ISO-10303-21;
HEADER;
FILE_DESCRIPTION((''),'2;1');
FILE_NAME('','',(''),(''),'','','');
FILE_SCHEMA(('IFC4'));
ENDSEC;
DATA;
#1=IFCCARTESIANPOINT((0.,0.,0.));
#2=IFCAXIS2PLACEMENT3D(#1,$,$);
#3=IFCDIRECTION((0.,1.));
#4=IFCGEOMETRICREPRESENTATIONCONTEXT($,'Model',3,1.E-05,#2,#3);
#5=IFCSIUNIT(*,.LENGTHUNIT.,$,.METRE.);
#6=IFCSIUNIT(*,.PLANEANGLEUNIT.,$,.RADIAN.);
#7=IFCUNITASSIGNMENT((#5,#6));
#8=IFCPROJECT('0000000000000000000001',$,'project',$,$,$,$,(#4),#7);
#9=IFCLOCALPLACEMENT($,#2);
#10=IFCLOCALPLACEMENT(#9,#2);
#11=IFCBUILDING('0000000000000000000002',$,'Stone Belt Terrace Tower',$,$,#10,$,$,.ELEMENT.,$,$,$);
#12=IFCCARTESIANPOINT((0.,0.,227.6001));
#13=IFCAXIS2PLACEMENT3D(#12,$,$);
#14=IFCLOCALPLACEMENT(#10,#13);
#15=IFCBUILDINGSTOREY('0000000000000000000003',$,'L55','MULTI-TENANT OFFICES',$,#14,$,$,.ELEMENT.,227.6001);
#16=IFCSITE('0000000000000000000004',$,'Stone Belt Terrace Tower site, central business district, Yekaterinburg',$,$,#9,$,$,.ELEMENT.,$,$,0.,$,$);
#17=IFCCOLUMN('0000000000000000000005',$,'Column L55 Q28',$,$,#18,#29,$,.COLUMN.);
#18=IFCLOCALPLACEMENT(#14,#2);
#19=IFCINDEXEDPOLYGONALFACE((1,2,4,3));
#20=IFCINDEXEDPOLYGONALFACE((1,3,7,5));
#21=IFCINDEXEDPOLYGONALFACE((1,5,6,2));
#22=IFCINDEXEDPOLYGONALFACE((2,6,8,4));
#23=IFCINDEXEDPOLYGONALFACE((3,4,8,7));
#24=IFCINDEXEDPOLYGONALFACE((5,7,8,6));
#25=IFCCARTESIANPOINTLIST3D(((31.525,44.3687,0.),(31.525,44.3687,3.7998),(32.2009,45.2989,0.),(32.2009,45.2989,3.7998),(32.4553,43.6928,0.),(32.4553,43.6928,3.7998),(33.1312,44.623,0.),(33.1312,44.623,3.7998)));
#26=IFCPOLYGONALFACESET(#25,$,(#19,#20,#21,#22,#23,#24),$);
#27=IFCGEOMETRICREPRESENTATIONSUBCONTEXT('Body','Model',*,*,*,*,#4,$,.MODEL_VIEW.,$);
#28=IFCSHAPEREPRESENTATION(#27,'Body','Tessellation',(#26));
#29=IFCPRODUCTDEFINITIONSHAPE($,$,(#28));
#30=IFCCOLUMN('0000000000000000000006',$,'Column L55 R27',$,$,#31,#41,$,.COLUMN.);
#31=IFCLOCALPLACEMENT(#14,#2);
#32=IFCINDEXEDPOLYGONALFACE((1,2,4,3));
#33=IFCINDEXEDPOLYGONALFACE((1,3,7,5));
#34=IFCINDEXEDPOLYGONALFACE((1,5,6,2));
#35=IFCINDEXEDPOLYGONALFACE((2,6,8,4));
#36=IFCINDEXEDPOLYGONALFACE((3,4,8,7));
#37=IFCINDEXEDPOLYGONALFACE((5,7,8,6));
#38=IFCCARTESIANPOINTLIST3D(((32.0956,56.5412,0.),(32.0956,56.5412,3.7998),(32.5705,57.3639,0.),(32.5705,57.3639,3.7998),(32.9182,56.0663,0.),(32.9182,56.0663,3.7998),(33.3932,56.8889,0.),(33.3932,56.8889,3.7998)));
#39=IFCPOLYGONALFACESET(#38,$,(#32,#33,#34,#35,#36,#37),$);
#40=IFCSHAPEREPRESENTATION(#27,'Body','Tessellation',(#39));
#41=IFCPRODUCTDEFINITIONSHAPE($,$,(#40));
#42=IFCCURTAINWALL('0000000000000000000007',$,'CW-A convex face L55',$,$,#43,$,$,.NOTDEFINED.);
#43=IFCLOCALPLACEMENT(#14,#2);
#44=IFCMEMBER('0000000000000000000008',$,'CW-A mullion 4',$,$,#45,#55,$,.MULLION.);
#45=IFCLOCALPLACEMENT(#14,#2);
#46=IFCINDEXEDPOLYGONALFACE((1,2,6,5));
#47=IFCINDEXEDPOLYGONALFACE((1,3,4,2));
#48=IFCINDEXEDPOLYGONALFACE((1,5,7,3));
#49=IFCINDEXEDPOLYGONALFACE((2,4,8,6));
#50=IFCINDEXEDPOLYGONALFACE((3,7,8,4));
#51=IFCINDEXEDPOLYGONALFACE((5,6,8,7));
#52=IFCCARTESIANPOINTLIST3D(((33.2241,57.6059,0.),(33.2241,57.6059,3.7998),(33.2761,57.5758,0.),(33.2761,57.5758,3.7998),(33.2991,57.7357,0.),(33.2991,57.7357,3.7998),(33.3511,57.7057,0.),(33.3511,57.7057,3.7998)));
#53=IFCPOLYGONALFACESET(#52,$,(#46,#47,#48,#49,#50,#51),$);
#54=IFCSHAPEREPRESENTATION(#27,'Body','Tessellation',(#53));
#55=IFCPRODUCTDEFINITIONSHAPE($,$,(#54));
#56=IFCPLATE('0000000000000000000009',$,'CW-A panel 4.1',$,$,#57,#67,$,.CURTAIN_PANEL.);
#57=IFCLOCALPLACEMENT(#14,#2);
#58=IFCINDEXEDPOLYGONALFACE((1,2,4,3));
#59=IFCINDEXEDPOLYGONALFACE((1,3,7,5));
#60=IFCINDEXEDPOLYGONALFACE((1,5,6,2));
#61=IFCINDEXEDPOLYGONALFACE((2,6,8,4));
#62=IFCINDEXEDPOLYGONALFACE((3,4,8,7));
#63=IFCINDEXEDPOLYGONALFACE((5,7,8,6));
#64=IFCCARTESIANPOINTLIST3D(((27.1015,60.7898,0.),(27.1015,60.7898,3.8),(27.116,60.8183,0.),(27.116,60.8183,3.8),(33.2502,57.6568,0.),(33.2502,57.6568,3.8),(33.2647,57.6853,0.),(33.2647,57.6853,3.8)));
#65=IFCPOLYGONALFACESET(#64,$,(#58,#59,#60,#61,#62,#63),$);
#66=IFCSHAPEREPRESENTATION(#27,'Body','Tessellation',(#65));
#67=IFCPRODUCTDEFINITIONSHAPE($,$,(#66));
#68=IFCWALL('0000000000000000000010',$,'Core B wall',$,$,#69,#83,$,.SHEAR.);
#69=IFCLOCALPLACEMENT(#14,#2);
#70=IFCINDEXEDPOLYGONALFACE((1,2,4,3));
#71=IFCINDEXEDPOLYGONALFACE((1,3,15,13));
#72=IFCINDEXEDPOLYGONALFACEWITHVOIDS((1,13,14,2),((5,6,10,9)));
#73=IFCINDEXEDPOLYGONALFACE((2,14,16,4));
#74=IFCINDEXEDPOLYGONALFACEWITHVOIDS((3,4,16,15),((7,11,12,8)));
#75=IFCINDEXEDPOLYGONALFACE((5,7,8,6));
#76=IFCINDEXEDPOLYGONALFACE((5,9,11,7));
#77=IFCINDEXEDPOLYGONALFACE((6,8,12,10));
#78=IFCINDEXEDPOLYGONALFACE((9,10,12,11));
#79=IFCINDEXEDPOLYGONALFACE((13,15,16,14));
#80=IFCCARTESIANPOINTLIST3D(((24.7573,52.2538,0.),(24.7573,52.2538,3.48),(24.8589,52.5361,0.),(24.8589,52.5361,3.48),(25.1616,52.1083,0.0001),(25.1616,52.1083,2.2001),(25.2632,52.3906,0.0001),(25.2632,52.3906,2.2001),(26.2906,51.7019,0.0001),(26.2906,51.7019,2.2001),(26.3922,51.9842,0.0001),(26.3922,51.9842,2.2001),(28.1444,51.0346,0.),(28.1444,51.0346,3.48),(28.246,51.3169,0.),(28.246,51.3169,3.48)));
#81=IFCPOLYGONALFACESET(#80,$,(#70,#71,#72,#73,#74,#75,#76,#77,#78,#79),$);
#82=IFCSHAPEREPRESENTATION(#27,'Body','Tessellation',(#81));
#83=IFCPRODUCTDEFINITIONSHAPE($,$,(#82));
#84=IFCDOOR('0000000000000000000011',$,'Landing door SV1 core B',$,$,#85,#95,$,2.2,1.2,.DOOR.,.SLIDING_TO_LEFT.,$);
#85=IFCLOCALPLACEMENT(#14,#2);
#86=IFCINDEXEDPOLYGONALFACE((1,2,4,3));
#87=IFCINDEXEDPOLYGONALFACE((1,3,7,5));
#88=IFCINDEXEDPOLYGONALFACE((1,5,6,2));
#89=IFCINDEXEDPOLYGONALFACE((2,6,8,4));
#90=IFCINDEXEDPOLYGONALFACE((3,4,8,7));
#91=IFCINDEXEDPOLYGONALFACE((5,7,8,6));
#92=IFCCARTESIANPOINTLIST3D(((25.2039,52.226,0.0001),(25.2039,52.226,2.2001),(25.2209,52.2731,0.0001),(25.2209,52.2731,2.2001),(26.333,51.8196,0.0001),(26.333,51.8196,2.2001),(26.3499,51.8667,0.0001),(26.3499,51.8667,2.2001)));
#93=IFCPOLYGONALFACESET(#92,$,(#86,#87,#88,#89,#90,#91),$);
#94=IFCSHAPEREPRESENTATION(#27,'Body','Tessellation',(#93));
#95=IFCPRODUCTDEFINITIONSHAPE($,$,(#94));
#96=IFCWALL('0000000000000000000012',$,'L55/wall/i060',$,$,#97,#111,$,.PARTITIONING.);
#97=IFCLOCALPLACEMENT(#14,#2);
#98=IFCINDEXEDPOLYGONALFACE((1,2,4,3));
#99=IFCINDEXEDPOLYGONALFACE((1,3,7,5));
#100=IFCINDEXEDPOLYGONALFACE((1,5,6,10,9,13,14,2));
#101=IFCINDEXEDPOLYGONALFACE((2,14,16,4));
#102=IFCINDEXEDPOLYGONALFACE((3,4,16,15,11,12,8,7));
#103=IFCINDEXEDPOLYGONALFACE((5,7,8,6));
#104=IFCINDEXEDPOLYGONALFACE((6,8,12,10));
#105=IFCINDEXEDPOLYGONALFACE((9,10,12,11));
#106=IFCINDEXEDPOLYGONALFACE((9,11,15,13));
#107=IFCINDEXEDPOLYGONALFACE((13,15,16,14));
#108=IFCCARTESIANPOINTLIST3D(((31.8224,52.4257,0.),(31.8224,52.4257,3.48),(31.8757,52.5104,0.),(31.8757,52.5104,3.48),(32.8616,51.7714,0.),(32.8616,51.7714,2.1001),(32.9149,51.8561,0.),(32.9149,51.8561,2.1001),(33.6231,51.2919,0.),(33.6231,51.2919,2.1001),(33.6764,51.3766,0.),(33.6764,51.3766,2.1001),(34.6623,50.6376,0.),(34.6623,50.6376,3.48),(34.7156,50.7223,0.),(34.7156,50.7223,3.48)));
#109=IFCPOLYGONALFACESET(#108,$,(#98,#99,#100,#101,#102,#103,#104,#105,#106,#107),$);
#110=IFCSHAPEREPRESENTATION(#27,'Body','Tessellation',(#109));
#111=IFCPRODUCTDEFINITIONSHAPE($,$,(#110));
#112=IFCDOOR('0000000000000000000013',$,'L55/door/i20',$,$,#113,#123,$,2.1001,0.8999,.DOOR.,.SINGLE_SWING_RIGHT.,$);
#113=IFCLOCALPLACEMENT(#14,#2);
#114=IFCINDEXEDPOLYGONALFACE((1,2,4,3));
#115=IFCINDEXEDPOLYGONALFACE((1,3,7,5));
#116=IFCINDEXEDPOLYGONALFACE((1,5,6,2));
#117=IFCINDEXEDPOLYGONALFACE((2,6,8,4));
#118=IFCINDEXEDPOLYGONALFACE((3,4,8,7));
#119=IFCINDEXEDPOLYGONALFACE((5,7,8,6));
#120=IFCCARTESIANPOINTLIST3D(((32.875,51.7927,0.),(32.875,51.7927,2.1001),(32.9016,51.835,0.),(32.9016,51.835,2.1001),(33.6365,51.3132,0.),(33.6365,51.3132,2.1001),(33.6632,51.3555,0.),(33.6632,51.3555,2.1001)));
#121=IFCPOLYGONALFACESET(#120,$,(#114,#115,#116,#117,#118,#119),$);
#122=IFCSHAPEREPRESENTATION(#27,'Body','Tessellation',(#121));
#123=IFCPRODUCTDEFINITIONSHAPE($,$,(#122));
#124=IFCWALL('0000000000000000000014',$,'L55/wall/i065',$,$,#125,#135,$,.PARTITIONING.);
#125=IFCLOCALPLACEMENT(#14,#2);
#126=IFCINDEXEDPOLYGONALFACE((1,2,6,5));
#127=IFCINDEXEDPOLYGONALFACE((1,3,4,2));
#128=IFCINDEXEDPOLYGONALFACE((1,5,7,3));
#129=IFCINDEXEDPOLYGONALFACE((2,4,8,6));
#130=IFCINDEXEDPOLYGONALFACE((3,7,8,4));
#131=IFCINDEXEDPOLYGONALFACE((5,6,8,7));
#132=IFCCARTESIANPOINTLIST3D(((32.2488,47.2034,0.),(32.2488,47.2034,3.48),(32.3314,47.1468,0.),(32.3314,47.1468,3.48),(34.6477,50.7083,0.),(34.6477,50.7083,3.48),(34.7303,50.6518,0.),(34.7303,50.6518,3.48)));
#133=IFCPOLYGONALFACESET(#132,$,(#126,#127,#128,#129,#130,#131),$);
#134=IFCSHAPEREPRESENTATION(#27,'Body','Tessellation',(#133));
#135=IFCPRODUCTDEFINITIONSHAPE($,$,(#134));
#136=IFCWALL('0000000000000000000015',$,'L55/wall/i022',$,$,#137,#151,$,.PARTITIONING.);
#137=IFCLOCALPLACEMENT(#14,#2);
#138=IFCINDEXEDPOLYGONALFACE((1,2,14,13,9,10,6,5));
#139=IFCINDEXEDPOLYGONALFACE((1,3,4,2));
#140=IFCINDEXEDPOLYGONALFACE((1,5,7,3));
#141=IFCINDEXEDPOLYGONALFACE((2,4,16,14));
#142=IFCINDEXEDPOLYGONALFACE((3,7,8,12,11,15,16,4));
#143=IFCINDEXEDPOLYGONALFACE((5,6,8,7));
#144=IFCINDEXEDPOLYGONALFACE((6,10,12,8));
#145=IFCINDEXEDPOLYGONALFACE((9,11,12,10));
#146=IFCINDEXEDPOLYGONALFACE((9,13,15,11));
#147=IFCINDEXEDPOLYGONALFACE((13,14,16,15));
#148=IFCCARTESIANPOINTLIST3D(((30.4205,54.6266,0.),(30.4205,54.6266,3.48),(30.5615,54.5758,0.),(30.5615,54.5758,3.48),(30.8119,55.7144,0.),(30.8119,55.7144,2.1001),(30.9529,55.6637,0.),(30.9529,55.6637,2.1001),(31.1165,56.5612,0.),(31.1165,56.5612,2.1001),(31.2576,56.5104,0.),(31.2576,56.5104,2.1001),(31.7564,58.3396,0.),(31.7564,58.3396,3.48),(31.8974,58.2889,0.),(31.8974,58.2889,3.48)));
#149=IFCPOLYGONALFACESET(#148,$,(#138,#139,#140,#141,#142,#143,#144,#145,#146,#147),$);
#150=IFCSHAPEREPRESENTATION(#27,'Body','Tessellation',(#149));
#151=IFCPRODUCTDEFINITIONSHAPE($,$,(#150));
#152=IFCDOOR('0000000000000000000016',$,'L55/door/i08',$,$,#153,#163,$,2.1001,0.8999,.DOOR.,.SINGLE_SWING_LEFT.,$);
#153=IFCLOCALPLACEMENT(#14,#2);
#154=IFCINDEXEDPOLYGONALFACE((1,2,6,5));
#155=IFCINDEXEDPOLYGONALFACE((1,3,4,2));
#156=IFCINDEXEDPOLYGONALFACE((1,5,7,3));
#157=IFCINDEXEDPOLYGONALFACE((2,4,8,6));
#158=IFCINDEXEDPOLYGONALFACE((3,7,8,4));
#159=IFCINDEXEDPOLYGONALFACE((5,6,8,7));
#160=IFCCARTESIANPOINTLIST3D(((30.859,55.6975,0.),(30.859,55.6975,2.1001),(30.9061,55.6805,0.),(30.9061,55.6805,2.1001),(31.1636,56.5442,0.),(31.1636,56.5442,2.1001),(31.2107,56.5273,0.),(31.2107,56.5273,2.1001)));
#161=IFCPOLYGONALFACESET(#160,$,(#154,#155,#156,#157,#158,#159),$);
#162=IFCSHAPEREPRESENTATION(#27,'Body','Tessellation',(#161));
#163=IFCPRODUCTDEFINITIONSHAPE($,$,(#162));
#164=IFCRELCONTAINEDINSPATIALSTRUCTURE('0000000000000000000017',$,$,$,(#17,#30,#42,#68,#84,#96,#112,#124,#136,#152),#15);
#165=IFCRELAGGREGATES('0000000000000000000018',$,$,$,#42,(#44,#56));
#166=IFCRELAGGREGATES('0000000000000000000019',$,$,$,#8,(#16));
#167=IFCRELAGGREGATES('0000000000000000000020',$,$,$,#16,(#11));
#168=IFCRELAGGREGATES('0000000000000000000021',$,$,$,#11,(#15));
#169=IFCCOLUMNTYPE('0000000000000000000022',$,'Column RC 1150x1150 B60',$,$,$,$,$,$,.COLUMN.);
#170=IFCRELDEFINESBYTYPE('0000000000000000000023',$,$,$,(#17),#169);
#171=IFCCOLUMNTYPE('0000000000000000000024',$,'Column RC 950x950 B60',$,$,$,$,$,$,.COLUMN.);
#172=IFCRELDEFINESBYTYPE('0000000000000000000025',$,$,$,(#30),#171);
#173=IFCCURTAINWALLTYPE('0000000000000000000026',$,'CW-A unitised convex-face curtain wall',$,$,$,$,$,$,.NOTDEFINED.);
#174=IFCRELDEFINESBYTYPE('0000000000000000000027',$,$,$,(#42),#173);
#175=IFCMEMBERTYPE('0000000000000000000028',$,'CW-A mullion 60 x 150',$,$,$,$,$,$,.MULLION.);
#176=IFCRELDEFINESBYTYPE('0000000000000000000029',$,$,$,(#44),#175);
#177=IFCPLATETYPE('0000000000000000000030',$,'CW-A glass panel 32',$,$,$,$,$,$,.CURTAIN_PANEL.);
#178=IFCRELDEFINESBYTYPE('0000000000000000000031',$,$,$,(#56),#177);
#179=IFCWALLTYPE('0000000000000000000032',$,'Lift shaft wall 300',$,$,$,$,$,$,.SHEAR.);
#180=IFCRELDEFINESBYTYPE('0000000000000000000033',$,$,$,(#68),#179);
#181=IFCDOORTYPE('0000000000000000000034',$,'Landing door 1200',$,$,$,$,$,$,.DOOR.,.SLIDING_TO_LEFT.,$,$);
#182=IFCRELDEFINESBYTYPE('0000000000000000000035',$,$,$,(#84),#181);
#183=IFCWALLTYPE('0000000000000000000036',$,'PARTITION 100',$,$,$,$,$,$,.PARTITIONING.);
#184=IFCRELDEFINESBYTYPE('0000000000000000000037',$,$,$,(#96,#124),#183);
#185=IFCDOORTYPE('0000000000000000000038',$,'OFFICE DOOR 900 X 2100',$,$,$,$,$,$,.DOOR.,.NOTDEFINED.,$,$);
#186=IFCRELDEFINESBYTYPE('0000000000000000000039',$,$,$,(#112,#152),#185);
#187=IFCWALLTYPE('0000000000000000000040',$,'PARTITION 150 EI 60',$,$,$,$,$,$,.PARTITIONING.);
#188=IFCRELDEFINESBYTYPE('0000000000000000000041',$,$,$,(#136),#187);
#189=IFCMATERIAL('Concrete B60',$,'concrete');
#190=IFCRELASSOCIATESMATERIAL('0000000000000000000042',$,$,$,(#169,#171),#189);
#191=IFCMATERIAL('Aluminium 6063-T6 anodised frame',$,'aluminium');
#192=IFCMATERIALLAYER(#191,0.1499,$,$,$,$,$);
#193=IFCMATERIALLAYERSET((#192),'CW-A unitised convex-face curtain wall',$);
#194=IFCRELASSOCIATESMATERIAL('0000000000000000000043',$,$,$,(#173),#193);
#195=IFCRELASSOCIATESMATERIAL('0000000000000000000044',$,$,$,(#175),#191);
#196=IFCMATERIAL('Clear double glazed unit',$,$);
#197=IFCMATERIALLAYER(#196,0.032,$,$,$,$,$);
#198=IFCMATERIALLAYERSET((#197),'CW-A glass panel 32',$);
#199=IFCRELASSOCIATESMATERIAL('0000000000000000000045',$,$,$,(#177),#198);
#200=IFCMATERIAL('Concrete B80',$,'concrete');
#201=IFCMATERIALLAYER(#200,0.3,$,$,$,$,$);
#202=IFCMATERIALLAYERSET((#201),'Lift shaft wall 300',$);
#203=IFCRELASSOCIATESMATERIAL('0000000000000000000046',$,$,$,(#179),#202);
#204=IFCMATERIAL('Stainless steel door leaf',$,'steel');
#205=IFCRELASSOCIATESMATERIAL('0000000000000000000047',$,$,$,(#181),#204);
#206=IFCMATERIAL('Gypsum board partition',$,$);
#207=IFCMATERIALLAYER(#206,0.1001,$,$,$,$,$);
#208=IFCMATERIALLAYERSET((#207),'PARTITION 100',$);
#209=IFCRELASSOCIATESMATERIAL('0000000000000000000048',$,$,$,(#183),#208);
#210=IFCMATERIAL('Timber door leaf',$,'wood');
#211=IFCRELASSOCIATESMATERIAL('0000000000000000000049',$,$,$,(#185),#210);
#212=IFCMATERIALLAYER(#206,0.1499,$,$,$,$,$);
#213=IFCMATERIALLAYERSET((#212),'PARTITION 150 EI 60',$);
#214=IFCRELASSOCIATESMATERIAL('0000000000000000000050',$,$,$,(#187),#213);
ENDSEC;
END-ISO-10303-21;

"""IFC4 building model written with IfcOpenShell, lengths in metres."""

from ifc_helpers import new_model, si_unit, direction, frame, frame_2d, origin, origin_2d, place, context, subcontext, project, spatial, rectangle, extrude, material, layer, layer_set, material_profile, profile_set, type_object, element, fill, aggregate, save


model = new_model("IFC4")

# Units and contexts
model_context = context("Model", 3, precision=1e-05, world=origin(), true_north=direction((0.0, 1.0)))
body_context = subcontext(model_context, "Body", "Model", "MODEL_VIEW")
ifc_project = project(units=[si_unit("LENGTHUNIT", "METRE"), si_unit("PLANEANGLEUNIT", "RADIAN")], contexts=[model_context])

# Site, building, storey
site_placement = place(None, origin())
site = spatial("IfcSite", under=ifc_project, at=site_placement, Name="Stone Belt Terrace Tower site, central business district, Yekaterinburg", CompositionType="ELEMENT", RefElevation=0.0)
building_placement = place(site_placement, origin())
building = spatial("IfcBuilding", under=site, at=building_placement, Name="Stone Belt Terrace Tower", CompositionType="ELEMENT")
storey_placement = place(building_placement, frame((0.0, 0.0, 227.6001)))
storey = spatial("IfcBuildingStorey", under=building, at=storey_placement, Name="L55", Description="MULTI-TENANT OFFICES", CompositionType="ELEMENT", Elevation=227.6001)

# Columns
ifc_material_1 = material(Name="Concrete B60", Category="concrete")
ifc_material_profile_1 = material_profile(ifc_material_1, rectangle(XDim=1.1499, YDim=1.1499, at=origin_2d()), Name="RC 1150x1150")
ifc_profile_set_1 = profile_set([ifc_material_profile_1], Name="Concrete B60")
column_type_1 = type_object("IfcColumnType", Name="Column RC 1150x1150 B60", PredefinedType="COLUMN", material=ifc_profile_set_1)
column_1_placement = place(storey_placement, frame((32.3281, 44.4958, 0.0), z_axis=(0.0, 0.0, 1.0), x_axis=(0.809017, -0.587785, 0.0)))
element("IfcColumn", 1, at=column_1_placement, inside=storey, type_object=column_type_1, Name="Column L55 Q28", PredefinedType="COLUMN", context=body_context, shape_type="SweptSolid", body=[
    extrude(rectangle(XDim=1.1499, YDim=1.1499, at=origin_2d()), origin(), (0.0, 0.0, 1.0), 3.7998),
])
ifc_material_profile_2 = material_profile(ifc_material_1, rectangle(XDim=0.95, YDim=0.95, at=origin_2d()), Name="RC 950x950")
ifc_profile_set_2 = profile_set([ifc_material_profile_2], Name="Concrete B60")
column_type_2 = type_object("IfcColumnType", Name="Column RC 950x950 B60", PredefinedType="COLUMN", material=ifc_profile_set_2)
column_2_placement = place(storey_placement, frame((32.7444, 56.7151, 0.0), z_axis=(0.0, 0.0, 1.0), x_axis=(0.866025, -0.5, 0.0)))
element("IfcColumn", 2, at=column_2_placement, inside=storey, type_object=column_type_2, Name="Column L55 R27", PredefinedType="COLUMN", context=body_context, shape_type="SweptSolid", body=[
    extrude(rectangle(XDim=0.95, YDim=0.95, at=origin_2d()), origin(), (0.0, 0.0, 1.0), 3.7998),
])

# Curtain wall, member, plate
ifc_material_2 = material(Name="Aluminium 6063-T6 anodised frame", Category="aluminium")
ifc_layer_1 = layer(ifc_material_2, 0.1499)
ifc_layer_set_1 = layer_set([ifc_layer_1], Name="CW-A unitised convex-face curtain wall")
curtain_wall_type = type_object("IfcCurtainWallType", Name="CW-A unitised convex-face curtain wall", PredefinedType="NOTDEFINED", material=ifc_layer_set_1)
curtain_wall_placement = place(storey_placement, origin())
curtain_wall = element("IfcCurtainWall", 3, at=curtain_wall_placement, inside=storey, type_object=curtain_wall_type, Name="CW-A convex face L55", PredefinedType="NOTDEFINED")
ifc_material_profile_3 = material_profile(ifc_material_2, rectangle(XDim=0.1499, YDim=0.0601, at=origin_2d()), Name="Aluminium 6063-T6 60x150")
ifc_profile_set_3 = profile_set([ifc_material_profile_3], Name="Aluminium 6063-T6 anodised frame")
member_type = type_object("IfcMemberType", Name="CW-A mullion 60 x 150", PredefinedType="MULLION", material=ifc_profile_set_3)
member_placement = place(storey_placement, frame((33.2876, 57.6558, 0.0), z_axis=(0.0, 0.0, 1.0), x_axis=(-0.5, -0.866025, 0.0)))
member = element("IfcMember", 4, at=member_placement, type_object=member_type, Name="CW-A mullion 4", PredefinedType="MULLION", context=body_context, shape_type="SweptSolid", body=[
    extrude(rectangle(XDim=0.1499, YDim=0.0601, at=origin_2d()), origin(), (0.0, 0.0, 1.0), 3.7998),
])
ifc_material_3 = material(Name="Clear double glazed unit")
ifc_layer_2 = layer(ifc_material_3, 0.032)
ifc_layer_set_2 = layer_set([ifc_layer_2], Name="CW-A glass panel 32")
plate_type = type_object("IfcPlateType", Name="CW-A glass panel 32", PredefinedType="CURTAIN_PANEL", material=ifc_layer_set_2)
plate_placement = place(storey_placement, frame((30.1831, 59.2375, 0.0), z_axis=(0.0, 0.0, 1.0), x_axis=(-0.891007, 0.45399, 0.0)))
plate = element("IfcPlate", 5, at=plate_placement, type_object=plate_type, Name="CW-A panel 4.1", PredefinedType="CURTAIN_PANEL", context=body_context, shape_type="SweptSolid", body=[
    extrude(rectangle(XDim=6.9009, YDim=0.032, at=origin_2d()), origin(), (0.0, 0.0, 1.0), 3.8),
])
aggregate(curtain_wall, [member, plate])

# Walls, openings, doors
ifc_material_4 = material(Name="Concrete B80", Category="concrete")
ifc_layer_3 = layer(ifc_material_4, 0.3)
ifc_layer_set_3 = layer_set([ifc_layer_3], Name="Lift shaft wall 300")
wall_type_1 = type_object("IfcWallType", Name="Lift shaft wall 300", PredefinedType="SHEAR", material=ifc_layer_set_3)
wall_1_placement = place(storey_placement, frame((28.1951, 51.1758, 0.0), z_axis=(0.0, 0.0, 1.0), x_axis=(-0.940901, 0.338681, 0.0)))
wall_1 = element("IfcWall", 6, at=wall_1_placement, inside=storey, type_object=wall_type_1, Name="Core B wall", PredefinedType="SHEAR", context=body_context, shape_type="SweptSolid", body=[
    extrude(rectangle(XDim=3.5999, YDim=0.3, at=frame_2d((1.7998, 0.0))), origin(), (0.0, 0.0, 1.0), 3.48),
])
opening_1_placement = place(wall_1_placement, frame((1.97, 0.0, 0.0)))
opening_1 = element("IfcOpeningElement", 7, at=opening_1_placement, cuts=wall_1, PredefinedType="OPENING", context=body_context, shape_type="SweptSolid", body=[
    extrude(rectangle(XDim=1.2, YDim=2.2, at=frame_2d((0.6001, 1.1001))), frame((0.0, 0.1599, 0.0), z_axis=(0.0, -1.0, 0.0), x_axis=(1.0, 0.0, 0.0)), (0.0, 0.0, 1.0), 0.3201),
])
ifc_material_5 = material(Name="Stainless steel door leaf", Category="steel")
door_type_1 = type_object("IfcDoorType", Name="Landing door 1200", OperationType="SLIDING_TO_LEFT", PredefinedType="DOOR", material=ifc_material_5)
door_1_placement = place(opening_1_placement, origin())
door_1 = element("IfcDoor", 8, at=door_1_placement, inside=storey, type_object=door_type_1, Name="Landing door SV1 core B", OperationType="SLIDING_TO_LEFT", OverallHeight=2.2, OverallWidth=1.2, PredefinedType="DOOR", context=body_context, shape_type="SweptSolid", body=[
    extrude(rectangle(XDim=1.2, YDim=2.2, at=frame_2d((0.6001, 1.1001))), frame((0.0, 0.0249, 0.0), z_axis=(0.0, -1.0, 0.0), x_axis=(1.0, 0.0, 0.0)), (0.0, 0.0, 1.0), 0.05),
])
fill(opening_1, door_1)
ifc_material_6 = material(Name="Gypsum board partition")
ifc_layer_4 = layer(ifc_material_6, 0.1001)
ifc_layer_set_4 = layer_set([ifc_layer_4], Name="PARTITION 100")
wall_type_2 = type_object("IfcWallType", Name="PARTITION 100", PredefinedType="PARTITIONING", material=ifc_layer_set_4)
wall_2_placement = place(storey_placement, frame((34.689, 50.6799, 0.0), z_axis=(0.0, 0.0, 1.0), x_axis=(-0.846228, 0.532821, 0.0)))
wall_2 = element("IfcWall", 9, at=wall_2_placement, inside=storey, type_object=wall_type_2, Name="L55/wall/i060", PredefinedType="PARTITIONING", context=body_context, shape_type="SweptSolid", body=[
    extrude(rectangle(XDim=3.356, YDim=0.1001, at=frame_2d((1.678, 0.0))), origin(), (0.0, 0.0, 1.0), 3.48),
])
opening_2_placement = place(wall_2_placement, frame((1.228, 0.0, 0.0)))
opening_2 = element("IfcOpeningElement", 10, at=opening_2_placement, cuts=wall_2, PredefinedType="OPENING", context=body_context, shape_type="SweptSolid", body=[
    extrude(rectangle(XDim=0.8999, YDim=2.1001, at=frame_2d((0.45, 1.05))), frame((0.0, 0.0601, 0.0), z_axis=(0.0, -1.0, 0.0), x_axis=(1.0, 0.0, 0.0)), (0.0, 0.0, 1.0), 0.1201),
])
ifc_material_7 = material(Name="Timber door leaf", Category="wood")
door_type_2 = type_object("IfcDoorType", Name="OFFICE DOOR 900 X 2100", OperationType="NOTDEFINED", PredefinedType="DOOR", material=ifc_material_7)
door_2_placement = place(opening_2_placement, origin())
door_2 = element("IfcDoor", 11, at=door_2_placement, inside=storey, type_object=door_type_2, Name="L55/door/i20", OperationType="SINGLE_SWING_RIGHT", OverallHeight=2.1001, OverallWidth=0.8999, PredefinedType="DOOR", context=body_context, shape_type="SweptSolid", body=[
    extrude(rectangle(XDim=0.8999, YDim=2.1001, at=frame_2d((0.45, 1.05))), frame((0.0, 0.0249, 0.0), z_axis=(0.0, -1.0, 0.0), x_axis=(1.0, 0.0, 0.0)), (0.0, 0.0, 1.0), 0.05),
])
fill(opening_2, door_2)

# Wall
wall_3_placement = place(storey_placement, frame((34.689, 50.6799, 0.0), z_axis=(0.0, 0.0, 1.0), x_axis=(-0.56482, -0.825214, 0.0)))
element("IfcWall", 12, at=wall_3_placement, inside=storey, type_object=wall_type_2, Name="L55/wall/i065", PredefinedType="PARTITIONING", context=body_context, shape_type="SweptSolid", body=[
    extrude(rectangle(XDim=4.2473, YDim=0.1001, at=frame_2d((2.1235, 0.0))), origin(), (0.0, 0.0, 1.0), 3.48),
])

# Wall, opening, door
ifc_layer_5 = layer(ifc_material_6, 0.1499)
ifc_layer_set_5 = layer_set([ifc_layer_5], Name="PARTITION 150 EI 60")
wall_type_3 = type_object("IfcWallType", Name="PARTITION 150 EI 60", PredefinedType="PARTITIONING", material=ifc_layer_set_5)
wall_4_placement = place(storey_placement, frame((30.491, 54.6011, 0.0), z_axis=(0.0, 0.0, 1.0), x_axis=(0.338542, 0.940951, 0.0)))
wall_4 = element("IfcWall", 13, at=wall_4_placement, inside=storey, type_object=wall_type_3, Name="L55/wall/i022", PredefinedType="PARTITIONING", context=body_context, shape_type="SweptSolid", body=[
    extrude(rectangle(XDim=3.946, YDim=0.1499, at=frame_2d((1.9731, 0.0))), origin(), (0.0, 0.0, 1.0), 3.48),
])
opening_3_placement = place(wall_4_placement, frame((1.1562, 0.0, 0.0)))
opening_3 = element("IfcOpeningElement", 14, at=opening_3_placement, cuts=wall_4, PredefinedType="OPENING", context=body_context, shape_type="SweptSolid", body=[
    extrude(rectangle(XDim=0.8999, YDim=2.1001, at=frame_2d((0.45, 1.05))), frame((0.0, 0.085, 0.0), z_axis=(0.0, -1.0, 0.0), x_axis=(1.0, 0.0, 0.0)), (0.0, 0.0, 1.0), 0.1699),
])
door_3_placement = place(opening_3_placement, origin())
door_3 = element("IfcDoor", 15, at=door_3_placement, inside=storey, type_object=door_type_2, Name="L55/door/i08", OperationType="SINGLE_SWING_LEFT", OverallHeight=2.1001, OverallWidth=0.8999, PredefinedType="DOOR", context=body_context, shape_type="SweptSolid", body=[
    extrude(rectangle(XDim=0.8999, YDim=2.1001, at=frame_2d((0.45, 1.05))), frame((0.0, 0.0249, 0.0), z_axis=(0.0, -1.0, 0.0), x_axis=(1.0, 0.0, 0.0)), (0.0, 0.0, 1.0), 0.05),
])
fill(opening_3, door_3)

save(model, "model.ifc")
